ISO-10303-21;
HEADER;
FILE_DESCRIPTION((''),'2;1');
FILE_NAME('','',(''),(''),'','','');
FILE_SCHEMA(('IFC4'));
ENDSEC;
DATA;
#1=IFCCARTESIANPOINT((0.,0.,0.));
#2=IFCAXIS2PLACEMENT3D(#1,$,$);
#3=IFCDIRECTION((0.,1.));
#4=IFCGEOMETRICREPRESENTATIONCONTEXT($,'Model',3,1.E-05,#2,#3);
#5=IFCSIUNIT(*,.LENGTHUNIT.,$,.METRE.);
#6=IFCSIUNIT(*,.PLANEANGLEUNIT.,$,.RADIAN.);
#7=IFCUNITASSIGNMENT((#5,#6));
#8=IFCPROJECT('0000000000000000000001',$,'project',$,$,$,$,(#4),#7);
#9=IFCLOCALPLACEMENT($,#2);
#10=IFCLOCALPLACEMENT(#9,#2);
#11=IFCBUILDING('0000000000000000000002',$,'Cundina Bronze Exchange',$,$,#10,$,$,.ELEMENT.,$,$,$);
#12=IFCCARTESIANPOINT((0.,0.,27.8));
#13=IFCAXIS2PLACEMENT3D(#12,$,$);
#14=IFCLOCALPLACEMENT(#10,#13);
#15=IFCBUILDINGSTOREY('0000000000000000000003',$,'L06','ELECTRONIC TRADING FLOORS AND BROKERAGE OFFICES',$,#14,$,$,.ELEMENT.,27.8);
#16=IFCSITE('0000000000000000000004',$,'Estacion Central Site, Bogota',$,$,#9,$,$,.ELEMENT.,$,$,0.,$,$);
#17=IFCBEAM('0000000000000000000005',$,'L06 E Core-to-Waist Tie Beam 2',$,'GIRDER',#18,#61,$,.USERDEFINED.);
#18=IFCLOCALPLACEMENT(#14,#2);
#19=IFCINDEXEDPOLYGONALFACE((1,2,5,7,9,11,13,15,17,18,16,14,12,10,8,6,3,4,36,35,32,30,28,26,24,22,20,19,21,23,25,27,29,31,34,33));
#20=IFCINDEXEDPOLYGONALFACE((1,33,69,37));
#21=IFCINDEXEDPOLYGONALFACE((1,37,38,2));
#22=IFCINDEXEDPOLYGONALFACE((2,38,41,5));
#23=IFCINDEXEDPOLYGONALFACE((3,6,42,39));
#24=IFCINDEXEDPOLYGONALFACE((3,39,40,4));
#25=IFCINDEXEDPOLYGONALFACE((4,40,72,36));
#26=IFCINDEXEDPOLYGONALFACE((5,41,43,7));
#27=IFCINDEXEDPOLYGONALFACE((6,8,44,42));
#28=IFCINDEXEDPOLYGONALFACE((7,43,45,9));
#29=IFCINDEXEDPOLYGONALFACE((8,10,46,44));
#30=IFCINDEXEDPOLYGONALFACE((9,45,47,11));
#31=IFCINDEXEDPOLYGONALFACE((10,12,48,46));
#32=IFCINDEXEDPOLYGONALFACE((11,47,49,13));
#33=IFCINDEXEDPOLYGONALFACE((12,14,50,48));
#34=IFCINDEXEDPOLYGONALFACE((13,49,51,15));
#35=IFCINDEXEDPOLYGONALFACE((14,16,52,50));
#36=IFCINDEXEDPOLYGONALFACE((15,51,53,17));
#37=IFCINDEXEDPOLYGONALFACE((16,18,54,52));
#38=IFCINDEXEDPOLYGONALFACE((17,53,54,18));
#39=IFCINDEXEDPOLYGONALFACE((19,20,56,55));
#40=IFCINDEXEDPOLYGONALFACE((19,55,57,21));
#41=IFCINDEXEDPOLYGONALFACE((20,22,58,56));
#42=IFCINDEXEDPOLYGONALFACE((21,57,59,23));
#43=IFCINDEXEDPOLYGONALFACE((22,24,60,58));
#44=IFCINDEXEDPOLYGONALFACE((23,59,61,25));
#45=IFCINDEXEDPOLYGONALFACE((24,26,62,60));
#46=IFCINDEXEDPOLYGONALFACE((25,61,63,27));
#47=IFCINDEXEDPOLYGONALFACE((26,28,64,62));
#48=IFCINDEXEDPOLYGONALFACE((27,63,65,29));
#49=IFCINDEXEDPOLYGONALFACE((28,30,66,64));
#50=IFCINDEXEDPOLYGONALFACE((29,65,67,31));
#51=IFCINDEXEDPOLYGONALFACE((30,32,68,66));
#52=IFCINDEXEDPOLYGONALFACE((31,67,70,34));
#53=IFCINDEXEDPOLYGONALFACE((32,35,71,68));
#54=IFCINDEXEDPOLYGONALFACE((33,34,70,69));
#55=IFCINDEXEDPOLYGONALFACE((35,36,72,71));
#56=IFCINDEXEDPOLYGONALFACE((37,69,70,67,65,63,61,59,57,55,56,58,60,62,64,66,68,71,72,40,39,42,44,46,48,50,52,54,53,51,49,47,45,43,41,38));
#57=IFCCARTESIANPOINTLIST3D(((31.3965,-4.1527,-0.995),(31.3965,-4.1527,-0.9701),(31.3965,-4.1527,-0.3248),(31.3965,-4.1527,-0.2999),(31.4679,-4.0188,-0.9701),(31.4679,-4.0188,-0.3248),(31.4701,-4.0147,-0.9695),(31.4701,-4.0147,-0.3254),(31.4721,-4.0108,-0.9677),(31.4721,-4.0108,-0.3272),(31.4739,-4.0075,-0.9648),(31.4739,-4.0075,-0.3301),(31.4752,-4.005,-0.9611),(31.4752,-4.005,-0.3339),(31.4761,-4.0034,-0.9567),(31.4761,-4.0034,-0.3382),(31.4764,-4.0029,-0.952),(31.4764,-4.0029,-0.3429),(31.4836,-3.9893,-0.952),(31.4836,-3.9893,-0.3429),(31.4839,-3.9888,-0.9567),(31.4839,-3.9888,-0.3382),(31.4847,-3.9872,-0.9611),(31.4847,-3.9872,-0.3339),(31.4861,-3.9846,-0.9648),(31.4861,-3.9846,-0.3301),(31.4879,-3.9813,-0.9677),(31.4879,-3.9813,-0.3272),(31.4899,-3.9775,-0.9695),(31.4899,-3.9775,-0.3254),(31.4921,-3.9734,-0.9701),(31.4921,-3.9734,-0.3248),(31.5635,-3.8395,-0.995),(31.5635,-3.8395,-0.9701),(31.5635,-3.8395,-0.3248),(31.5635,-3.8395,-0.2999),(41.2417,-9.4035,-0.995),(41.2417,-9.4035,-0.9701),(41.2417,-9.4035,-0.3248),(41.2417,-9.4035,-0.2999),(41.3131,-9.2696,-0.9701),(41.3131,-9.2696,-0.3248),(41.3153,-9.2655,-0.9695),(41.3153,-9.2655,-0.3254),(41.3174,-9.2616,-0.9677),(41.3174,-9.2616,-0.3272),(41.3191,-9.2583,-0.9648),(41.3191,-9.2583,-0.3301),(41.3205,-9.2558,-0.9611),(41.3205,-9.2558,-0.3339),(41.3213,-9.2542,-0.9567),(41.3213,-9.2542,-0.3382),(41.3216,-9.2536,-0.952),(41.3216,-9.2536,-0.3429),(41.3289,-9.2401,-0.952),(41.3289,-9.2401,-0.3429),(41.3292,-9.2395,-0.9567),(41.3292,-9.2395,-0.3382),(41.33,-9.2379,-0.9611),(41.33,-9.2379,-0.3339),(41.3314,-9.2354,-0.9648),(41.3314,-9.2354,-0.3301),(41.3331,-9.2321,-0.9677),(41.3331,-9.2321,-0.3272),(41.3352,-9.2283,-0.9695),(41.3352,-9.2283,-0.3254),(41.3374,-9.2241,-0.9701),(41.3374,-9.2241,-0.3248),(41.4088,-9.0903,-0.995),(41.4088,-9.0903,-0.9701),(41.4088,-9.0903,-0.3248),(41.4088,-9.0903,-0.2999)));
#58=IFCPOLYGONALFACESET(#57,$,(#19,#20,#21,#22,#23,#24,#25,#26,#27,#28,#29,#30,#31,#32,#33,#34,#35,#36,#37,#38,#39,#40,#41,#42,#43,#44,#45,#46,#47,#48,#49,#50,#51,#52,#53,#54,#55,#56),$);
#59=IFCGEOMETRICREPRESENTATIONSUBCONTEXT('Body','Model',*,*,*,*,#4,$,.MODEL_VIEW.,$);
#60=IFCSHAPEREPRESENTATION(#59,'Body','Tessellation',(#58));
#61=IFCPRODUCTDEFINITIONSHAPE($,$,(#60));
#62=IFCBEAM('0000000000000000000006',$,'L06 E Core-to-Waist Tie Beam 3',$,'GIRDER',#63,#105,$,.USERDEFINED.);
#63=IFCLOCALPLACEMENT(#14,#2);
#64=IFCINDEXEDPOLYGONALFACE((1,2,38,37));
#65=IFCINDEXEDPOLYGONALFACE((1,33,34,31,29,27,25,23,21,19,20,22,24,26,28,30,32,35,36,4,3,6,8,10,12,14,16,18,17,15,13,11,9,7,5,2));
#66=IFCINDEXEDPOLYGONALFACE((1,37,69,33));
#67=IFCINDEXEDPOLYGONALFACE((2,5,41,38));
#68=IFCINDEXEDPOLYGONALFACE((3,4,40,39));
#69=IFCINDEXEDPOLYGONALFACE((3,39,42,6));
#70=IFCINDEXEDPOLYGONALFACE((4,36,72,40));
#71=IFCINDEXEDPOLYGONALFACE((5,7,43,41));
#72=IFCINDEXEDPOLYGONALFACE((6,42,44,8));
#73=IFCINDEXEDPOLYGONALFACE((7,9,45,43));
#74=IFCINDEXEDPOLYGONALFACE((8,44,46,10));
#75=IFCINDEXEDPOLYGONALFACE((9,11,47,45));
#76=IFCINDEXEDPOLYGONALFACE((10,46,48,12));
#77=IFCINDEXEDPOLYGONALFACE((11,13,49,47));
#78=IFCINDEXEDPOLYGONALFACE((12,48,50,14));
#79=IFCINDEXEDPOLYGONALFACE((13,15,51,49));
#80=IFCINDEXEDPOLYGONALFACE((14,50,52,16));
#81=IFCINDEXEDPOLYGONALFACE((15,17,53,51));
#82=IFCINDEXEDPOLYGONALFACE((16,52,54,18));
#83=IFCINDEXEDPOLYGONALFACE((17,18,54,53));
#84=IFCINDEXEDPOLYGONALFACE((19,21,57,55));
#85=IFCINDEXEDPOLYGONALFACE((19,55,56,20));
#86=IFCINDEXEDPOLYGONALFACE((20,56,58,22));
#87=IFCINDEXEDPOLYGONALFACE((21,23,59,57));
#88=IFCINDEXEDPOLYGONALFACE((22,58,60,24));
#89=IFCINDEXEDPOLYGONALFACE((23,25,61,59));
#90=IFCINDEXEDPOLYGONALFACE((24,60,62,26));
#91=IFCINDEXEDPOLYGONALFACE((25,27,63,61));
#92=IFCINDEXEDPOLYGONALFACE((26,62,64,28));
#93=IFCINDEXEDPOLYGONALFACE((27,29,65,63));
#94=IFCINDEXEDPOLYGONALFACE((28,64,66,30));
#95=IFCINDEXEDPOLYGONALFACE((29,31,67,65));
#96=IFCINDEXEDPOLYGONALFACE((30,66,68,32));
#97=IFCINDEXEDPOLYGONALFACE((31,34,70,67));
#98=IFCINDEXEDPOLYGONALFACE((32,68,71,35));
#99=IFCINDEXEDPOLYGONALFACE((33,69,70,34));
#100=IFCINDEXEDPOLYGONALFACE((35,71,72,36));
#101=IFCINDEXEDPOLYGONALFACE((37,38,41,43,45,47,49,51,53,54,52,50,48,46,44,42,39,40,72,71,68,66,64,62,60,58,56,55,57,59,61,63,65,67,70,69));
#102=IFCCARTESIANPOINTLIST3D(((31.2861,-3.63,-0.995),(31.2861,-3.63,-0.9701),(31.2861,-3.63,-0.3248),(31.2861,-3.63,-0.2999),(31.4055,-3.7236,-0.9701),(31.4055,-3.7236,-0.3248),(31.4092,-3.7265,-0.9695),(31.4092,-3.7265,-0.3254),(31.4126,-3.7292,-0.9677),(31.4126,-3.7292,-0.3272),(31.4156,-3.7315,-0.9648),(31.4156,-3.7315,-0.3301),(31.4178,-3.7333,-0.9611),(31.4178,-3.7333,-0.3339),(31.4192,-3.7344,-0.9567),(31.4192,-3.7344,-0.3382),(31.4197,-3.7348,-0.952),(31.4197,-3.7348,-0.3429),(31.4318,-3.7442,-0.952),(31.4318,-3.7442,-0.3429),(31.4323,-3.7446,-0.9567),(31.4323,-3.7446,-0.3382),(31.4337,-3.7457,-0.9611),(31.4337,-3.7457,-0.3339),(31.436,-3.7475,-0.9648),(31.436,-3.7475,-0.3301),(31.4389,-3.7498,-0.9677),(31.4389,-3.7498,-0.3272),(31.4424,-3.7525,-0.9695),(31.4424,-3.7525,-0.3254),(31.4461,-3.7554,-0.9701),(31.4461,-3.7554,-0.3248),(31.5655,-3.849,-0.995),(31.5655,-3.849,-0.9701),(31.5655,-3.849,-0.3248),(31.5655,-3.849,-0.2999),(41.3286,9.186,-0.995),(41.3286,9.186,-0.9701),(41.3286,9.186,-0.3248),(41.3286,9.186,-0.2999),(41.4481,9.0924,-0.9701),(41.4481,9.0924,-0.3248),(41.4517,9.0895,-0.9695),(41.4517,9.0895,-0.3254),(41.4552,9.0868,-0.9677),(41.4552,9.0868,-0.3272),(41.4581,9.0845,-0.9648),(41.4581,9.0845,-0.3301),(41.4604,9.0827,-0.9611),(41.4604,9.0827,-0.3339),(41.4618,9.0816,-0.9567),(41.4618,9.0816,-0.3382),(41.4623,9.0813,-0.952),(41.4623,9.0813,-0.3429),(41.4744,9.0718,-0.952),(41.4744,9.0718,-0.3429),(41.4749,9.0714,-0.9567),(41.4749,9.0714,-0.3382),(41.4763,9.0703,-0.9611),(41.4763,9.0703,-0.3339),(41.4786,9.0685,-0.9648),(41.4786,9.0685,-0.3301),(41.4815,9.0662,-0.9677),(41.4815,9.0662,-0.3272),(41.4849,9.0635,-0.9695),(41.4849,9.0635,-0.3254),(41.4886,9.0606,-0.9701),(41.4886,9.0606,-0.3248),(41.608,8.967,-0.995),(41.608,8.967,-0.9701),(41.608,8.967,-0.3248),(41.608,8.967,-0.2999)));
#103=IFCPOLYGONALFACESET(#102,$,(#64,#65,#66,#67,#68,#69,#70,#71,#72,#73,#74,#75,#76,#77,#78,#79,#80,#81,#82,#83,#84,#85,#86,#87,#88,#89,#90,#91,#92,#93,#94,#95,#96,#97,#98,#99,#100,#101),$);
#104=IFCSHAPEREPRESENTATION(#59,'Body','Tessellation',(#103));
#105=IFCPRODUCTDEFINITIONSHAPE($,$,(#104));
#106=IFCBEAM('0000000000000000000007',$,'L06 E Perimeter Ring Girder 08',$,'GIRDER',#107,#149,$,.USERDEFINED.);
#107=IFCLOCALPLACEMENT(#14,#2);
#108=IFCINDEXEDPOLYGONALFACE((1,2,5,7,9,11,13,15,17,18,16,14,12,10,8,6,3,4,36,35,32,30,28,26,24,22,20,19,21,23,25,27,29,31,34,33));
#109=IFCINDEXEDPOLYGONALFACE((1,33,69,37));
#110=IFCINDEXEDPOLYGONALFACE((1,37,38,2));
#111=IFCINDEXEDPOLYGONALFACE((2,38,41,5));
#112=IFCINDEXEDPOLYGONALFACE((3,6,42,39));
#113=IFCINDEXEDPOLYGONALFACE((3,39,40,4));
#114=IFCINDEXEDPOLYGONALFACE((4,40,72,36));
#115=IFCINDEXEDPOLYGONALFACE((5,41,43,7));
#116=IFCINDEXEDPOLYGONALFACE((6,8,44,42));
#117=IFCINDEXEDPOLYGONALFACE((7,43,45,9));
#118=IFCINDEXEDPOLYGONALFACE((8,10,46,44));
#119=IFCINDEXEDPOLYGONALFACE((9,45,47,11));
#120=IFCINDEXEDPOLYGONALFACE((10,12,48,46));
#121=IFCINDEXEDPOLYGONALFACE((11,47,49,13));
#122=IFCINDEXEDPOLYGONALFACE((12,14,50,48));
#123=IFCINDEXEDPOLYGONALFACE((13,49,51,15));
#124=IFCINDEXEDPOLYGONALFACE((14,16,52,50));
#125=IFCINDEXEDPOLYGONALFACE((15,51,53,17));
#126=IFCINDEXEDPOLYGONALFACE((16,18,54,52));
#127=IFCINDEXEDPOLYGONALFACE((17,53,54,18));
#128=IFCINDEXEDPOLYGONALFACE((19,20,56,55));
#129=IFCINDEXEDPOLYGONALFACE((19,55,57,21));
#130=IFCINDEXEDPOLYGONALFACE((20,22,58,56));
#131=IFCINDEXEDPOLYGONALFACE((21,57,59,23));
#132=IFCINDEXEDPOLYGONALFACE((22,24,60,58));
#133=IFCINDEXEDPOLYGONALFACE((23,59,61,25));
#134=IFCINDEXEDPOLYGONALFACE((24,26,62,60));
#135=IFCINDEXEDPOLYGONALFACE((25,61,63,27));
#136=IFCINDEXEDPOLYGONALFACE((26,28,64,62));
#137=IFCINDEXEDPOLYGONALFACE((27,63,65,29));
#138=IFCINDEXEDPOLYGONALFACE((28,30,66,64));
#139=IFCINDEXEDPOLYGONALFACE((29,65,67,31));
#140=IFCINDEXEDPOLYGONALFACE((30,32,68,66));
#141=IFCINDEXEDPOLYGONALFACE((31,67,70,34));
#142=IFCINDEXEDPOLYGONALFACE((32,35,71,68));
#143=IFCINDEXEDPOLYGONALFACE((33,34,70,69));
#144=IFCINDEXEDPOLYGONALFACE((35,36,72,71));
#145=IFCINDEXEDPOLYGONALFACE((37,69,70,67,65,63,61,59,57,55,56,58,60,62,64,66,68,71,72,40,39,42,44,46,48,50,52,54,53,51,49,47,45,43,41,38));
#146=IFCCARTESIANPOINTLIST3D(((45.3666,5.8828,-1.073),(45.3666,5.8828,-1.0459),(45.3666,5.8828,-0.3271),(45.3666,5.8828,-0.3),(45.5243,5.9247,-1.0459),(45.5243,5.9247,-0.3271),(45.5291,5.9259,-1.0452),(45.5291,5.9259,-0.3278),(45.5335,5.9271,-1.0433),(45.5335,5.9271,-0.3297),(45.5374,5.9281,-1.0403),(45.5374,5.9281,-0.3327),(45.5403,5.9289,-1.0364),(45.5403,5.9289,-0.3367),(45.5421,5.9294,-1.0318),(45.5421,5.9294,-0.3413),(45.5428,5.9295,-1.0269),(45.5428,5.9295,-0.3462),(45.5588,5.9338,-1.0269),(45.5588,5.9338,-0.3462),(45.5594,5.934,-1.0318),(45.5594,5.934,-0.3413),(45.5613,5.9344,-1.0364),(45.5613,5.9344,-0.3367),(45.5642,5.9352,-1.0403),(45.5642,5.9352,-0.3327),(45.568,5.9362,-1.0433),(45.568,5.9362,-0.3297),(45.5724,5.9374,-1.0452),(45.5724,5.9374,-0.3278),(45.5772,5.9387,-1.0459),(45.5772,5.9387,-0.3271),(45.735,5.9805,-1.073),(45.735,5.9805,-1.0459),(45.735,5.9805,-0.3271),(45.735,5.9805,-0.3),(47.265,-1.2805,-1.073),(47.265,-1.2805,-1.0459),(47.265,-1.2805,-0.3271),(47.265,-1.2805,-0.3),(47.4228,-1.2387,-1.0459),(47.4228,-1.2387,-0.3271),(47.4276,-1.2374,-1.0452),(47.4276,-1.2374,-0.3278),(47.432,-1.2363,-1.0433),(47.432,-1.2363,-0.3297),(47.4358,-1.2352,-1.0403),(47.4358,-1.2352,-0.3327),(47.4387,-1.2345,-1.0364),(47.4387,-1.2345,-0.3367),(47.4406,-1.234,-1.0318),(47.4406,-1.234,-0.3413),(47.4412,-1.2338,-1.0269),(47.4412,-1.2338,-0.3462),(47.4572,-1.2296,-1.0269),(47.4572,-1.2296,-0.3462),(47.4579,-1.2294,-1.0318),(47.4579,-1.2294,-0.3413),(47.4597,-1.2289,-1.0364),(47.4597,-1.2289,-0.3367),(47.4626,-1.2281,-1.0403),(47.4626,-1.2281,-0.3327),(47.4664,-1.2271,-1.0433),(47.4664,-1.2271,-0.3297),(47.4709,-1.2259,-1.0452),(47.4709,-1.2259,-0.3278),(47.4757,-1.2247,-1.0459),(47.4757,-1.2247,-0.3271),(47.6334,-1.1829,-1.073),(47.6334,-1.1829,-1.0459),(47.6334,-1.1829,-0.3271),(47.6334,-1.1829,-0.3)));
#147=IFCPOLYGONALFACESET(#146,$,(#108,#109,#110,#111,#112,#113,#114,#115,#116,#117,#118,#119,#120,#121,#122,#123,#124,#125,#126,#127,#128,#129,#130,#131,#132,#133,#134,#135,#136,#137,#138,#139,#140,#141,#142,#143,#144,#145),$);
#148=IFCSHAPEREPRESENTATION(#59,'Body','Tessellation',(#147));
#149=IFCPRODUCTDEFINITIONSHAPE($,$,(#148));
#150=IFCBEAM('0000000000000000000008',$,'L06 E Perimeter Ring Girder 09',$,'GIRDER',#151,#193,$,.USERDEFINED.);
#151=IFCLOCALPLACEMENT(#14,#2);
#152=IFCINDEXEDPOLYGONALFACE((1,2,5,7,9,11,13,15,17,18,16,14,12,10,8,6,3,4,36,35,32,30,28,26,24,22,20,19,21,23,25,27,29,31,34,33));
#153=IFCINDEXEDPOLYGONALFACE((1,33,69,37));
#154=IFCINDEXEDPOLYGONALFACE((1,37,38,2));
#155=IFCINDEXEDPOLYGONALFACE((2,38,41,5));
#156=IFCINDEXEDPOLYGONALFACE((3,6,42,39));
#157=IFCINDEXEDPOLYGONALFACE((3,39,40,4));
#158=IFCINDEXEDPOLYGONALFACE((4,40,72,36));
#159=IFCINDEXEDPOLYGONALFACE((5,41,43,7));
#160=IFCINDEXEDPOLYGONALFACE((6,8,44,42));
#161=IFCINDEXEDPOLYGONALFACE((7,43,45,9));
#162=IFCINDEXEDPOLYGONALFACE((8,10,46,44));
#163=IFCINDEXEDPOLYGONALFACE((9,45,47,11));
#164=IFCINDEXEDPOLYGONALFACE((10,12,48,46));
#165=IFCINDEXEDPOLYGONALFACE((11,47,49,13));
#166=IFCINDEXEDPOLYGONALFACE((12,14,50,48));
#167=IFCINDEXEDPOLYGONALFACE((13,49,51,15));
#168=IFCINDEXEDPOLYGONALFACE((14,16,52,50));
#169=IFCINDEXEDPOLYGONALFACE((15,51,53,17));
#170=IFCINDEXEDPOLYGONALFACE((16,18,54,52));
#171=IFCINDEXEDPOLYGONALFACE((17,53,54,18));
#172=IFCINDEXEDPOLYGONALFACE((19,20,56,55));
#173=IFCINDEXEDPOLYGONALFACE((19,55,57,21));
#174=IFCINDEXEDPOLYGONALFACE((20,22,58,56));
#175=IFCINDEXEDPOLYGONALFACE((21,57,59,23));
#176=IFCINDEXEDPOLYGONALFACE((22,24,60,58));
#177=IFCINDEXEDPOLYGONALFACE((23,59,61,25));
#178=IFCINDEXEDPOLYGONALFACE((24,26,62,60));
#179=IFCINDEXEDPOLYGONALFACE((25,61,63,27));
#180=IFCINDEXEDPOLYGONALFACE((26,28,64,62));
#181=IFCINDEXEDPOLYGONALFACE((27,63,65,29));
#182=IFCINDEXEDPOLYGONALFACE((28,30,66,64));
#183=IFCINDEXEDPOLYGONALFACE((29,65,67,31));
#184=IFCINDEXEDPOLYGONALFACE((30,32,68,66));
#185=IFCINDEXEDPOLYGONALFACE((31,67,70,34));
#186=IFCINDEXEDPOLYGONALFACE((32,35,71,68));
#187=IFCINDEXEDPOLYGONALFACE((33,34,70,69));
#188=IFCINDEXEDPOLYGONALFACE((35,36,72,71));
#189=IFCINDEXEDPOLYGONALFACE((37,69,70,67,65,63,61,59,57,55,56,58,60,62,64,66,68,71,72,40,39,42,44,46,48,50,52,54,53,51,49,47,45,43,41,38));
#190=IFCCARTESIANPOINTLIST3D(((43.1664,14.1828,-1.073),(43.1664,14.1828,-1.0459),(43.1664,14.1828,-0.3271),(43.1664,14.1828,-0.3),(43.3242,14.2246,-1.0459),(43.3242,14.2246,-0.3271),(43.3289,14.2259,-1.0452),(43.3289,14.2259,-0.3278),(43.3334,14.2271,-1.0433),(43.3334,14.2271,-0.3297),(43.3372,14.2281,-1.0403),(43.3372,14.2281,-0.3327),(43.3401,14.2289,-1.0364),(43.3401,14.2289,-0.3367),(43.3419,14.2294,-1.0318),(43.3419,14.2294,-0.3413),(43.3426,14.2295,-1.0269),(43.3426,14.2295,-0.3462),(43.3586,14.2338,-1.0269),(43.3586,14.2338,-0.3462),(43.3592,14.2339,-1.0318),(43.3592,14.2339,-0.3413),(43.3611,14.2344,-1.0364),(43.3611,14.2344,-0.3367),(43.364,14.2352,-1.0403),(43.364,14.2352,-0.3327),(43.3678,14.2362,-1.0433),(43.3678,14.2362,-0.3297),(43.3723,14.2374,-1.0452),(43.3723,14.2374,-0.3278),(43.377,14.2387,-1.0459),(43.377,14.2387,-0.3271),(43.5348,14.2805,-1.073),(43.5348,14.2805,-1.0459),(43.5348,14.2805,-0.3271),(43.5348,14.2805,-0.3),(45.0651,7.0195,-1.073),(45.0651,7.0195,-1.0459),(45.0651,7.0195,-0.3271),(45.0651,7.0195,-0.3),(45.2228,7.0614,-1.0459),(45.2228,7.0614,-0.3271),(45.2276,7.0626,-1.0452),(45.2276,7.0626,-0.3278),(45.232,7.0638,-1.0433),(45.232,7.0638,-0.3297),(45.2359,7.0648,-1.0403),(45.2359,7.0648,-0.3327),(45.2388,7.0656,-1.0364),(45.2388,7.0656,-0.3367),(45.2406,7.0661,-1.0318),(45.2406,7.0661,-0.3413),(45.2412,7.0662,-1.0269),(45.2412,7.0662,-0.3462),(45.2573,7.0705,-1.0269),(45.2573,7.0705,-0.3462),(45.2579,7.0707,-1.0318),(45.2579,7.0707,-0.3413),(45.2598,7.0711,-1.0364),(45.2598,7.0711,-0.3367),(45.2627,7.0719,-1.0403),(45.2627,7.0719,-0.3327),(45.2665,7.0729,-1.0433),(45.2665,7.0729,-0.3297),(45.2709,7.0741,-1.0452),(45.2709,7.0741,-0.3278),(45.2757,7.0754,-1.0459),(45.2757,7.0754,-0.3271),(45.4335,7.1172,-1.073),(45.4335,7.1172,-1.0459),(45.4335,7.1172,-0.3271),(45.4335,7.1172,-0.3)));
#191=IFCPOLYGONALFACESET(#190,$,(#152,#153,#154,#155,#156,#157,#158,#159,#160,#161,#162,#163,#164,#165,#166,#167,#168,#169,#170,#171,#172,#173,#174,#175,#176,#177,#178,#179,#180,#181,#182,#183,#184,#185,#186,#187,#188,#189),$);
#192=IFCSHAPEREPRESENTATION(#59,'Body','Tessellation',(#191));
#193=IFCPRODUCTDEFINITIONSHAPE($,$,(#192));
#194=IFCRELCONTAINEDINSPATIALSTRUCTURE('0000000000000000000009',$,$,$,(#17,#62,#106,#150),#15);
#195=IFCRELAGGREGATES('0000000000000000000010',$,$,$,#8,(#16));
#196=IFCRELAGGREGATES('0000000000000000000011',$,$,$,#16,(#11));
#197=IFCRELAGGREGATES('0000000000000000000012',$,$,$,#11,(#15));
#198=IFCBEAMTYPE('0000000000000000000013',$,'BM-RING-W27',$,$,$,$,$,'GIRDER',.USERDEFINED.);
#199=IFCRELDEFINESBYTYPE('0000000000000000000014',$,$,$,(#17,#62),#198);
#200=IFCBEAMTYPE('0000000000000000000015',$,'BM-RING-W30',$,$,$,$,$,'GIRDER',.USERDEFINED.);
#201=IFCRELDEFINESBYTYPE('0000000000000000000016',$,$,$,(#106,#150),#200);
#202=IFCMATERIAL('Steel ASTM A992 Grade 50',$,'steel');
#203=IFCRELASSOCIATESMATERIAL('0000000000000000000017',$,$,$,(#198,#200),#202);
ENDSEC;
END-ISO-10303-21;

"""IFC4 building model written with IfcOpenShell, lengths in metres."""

from ifc_helpers import new_model, si_unit, direction, frame, origin, origin_2d, place, context, subcontext, project, spatial, i_section, extrude, material, material_profile, profile_set, type_object, element, save


model = new_model("IFC4")

# Units and contexts
model_context = context("Model", 3, precision=1e-05, world=origin(), true_north=direction((0.0, 1.0)))
body_context = subcontext(model_context, "Body", "Model", "MODEL_VIEW")
ifc_project = project(units=[si_unit("LENGTHUNIT", "METRE"), si_unit("PLANEANGLEUNIT", "RADIAN")], contexts=[model_context])

# Site, building, storey
site_placement = place(None, origin())
site = spatial("IfcSite", under=ifc_project, at=site_placement, Name="Estacion Central Site, Bogota", CompositionType="ELEMENT", RefElevation=0.0)
building_placement = place(site_placement, origin())
building = spatial("IfcBuilding", under=site, at=building_placement, Name="Cundina Bronze Exchange", CompositionType="ELEMENT")
storey_placement = place(building_placement, frame((0.0, 0.0, 27.8)))
storey = spatial("IfcBuildingStorey", under=building, at=storey_placement, Name="L06", Description="ELECTRONIC TRADING FLOORS AND BROKERAGE OFFICES", CompositionType="ELEMENT", Elevation=27.8)

# Shared definitions
ifc_material_1 = material(Name="Steel ASTM A992 Grade 50", Category="steel")

# Beams
ifc_material_profile_1 = material_profile(ifc_material_1, i_section(OverallWidth=0.355, OverallDepth=0.6951, WebThickness=0.0154, FlangeThickness=0.0249, FilletRadius=0.0181, at=origin_2d()), Name="W27X146", Category="steel")
ifc_profile_set_1 = profile_set([ifc_material_profile_1], Name="Steel ASTM A992 Grade 50")
beam_type_1 = type_object("IfcBeamType", Name="BM-RING-W27", ElementType="GIRDER", PredefinedType="USERDEFINED", material=ifc_profile_set_1)
beam_1_placement = place(storey_placement, frame((31.48, -3.9961, -0.6475), z_axis=(0.882355, -0.470585, 0.0), x_axis=(0.470585, 0.882355, 0.0)))
element("IfcBeam", 1, at=beam_1_placement, inside=storey, type_object=beam_type_1, Name="L06 E Core-to-Waist Tie Beam 2", ObjectType="GIRDER", PredefinedType="USERDEFINED", context=body_context, shape_type="SweptSolid", body=[
    extrude(i_section(OverallWidth=0.355, OverallDepth=0.6951, WebThickness=0.0154, FlangeThickness=0.0249, FilletRadius=0.0181, at=origin_2d()), origin(), (0.0, 0.0, 1.0), 11.158),
])
beam_2_placement = place(storey_placement, frame((31.4258, -3.7395, -0.6475), z_axis=(0.616789, 0.787128, 0.0), x_axis=(-0.787128, 0.616789, 0.0)))
element("IfcBeam", 2, at=beam_2_placement, inside=storey, type_object=beam_type_1, Name="L06 E Core-to-Waist Tie Beam 3", ObjectType="GIRDER", PredefinedType="USERDEFINED", context=body_context, shape_type="SweptSolid", body=[
    extrude(i_section(OverallWidth=0.355, OverallDepth=0.6951, WebThickness=0.0154, FlangeThickness=0.0249, FilletRadius=0.0181, at=origin_2d()), origin(), (0.0, 0.0, 1.0), 16.282),
])
ifc_material_profile_2 = material_profile(ifc_material_1, i_section(OverallWidth=0.3811, OverallDepth=0.7729, WebThickness=0.0166, FlangeThickness=0.0271, FilletRadius=0.019, at=origin_2d()), Name="W30X173", Category="steel")
ifc_profile_set_2 = profile_set([ifc_material_profile_2], Name="Steel ASTM A992 Grade 50")
beam_type_2 = type_object("IfcBeamType", Name="BM-RING-W30", ElementType="GIRDER", PredefinedType="USERDEFINED", material=ifc_profile_set_2)
for number, where, z_axis, x_axis, name in (
    (3, (47.4492, -1.2317, -0.6865), (-0.256178, 0.96663, 0.0), (-0.96663, -0.256178, 0.0), "L06 E Perimeter Ring Girder 08"),
    (4, (45.2493, 7.0684, -0.6865), (-0.256209, 0.966622, 0.0), (-0.966622, -0.256209, 0.0), "L06 E Perimeter Ring Girder 09"),
):
    element("IfcBeam", number, at=place(storey_placement, frame(where, z_axis=z_axis, x_axis=x_axis)), inside=storey, type_object=beam_type_2, Name=name, ObjectType="GIRDER", PredefinedType="USERDEFINED", context=body_context, shape_type="SweptSolid", body=[
        extrude(i_section(OverallWidth=0.3811, OverallDepth=0.7729, WebThickness=0.0166, FlangeThickness=0.0271, FilletRadius=0.019, at=origin_2d()), origin(), (0.0, 0.0, 1.0), 7.4106),
    ])

save(model, "model.ifc")
